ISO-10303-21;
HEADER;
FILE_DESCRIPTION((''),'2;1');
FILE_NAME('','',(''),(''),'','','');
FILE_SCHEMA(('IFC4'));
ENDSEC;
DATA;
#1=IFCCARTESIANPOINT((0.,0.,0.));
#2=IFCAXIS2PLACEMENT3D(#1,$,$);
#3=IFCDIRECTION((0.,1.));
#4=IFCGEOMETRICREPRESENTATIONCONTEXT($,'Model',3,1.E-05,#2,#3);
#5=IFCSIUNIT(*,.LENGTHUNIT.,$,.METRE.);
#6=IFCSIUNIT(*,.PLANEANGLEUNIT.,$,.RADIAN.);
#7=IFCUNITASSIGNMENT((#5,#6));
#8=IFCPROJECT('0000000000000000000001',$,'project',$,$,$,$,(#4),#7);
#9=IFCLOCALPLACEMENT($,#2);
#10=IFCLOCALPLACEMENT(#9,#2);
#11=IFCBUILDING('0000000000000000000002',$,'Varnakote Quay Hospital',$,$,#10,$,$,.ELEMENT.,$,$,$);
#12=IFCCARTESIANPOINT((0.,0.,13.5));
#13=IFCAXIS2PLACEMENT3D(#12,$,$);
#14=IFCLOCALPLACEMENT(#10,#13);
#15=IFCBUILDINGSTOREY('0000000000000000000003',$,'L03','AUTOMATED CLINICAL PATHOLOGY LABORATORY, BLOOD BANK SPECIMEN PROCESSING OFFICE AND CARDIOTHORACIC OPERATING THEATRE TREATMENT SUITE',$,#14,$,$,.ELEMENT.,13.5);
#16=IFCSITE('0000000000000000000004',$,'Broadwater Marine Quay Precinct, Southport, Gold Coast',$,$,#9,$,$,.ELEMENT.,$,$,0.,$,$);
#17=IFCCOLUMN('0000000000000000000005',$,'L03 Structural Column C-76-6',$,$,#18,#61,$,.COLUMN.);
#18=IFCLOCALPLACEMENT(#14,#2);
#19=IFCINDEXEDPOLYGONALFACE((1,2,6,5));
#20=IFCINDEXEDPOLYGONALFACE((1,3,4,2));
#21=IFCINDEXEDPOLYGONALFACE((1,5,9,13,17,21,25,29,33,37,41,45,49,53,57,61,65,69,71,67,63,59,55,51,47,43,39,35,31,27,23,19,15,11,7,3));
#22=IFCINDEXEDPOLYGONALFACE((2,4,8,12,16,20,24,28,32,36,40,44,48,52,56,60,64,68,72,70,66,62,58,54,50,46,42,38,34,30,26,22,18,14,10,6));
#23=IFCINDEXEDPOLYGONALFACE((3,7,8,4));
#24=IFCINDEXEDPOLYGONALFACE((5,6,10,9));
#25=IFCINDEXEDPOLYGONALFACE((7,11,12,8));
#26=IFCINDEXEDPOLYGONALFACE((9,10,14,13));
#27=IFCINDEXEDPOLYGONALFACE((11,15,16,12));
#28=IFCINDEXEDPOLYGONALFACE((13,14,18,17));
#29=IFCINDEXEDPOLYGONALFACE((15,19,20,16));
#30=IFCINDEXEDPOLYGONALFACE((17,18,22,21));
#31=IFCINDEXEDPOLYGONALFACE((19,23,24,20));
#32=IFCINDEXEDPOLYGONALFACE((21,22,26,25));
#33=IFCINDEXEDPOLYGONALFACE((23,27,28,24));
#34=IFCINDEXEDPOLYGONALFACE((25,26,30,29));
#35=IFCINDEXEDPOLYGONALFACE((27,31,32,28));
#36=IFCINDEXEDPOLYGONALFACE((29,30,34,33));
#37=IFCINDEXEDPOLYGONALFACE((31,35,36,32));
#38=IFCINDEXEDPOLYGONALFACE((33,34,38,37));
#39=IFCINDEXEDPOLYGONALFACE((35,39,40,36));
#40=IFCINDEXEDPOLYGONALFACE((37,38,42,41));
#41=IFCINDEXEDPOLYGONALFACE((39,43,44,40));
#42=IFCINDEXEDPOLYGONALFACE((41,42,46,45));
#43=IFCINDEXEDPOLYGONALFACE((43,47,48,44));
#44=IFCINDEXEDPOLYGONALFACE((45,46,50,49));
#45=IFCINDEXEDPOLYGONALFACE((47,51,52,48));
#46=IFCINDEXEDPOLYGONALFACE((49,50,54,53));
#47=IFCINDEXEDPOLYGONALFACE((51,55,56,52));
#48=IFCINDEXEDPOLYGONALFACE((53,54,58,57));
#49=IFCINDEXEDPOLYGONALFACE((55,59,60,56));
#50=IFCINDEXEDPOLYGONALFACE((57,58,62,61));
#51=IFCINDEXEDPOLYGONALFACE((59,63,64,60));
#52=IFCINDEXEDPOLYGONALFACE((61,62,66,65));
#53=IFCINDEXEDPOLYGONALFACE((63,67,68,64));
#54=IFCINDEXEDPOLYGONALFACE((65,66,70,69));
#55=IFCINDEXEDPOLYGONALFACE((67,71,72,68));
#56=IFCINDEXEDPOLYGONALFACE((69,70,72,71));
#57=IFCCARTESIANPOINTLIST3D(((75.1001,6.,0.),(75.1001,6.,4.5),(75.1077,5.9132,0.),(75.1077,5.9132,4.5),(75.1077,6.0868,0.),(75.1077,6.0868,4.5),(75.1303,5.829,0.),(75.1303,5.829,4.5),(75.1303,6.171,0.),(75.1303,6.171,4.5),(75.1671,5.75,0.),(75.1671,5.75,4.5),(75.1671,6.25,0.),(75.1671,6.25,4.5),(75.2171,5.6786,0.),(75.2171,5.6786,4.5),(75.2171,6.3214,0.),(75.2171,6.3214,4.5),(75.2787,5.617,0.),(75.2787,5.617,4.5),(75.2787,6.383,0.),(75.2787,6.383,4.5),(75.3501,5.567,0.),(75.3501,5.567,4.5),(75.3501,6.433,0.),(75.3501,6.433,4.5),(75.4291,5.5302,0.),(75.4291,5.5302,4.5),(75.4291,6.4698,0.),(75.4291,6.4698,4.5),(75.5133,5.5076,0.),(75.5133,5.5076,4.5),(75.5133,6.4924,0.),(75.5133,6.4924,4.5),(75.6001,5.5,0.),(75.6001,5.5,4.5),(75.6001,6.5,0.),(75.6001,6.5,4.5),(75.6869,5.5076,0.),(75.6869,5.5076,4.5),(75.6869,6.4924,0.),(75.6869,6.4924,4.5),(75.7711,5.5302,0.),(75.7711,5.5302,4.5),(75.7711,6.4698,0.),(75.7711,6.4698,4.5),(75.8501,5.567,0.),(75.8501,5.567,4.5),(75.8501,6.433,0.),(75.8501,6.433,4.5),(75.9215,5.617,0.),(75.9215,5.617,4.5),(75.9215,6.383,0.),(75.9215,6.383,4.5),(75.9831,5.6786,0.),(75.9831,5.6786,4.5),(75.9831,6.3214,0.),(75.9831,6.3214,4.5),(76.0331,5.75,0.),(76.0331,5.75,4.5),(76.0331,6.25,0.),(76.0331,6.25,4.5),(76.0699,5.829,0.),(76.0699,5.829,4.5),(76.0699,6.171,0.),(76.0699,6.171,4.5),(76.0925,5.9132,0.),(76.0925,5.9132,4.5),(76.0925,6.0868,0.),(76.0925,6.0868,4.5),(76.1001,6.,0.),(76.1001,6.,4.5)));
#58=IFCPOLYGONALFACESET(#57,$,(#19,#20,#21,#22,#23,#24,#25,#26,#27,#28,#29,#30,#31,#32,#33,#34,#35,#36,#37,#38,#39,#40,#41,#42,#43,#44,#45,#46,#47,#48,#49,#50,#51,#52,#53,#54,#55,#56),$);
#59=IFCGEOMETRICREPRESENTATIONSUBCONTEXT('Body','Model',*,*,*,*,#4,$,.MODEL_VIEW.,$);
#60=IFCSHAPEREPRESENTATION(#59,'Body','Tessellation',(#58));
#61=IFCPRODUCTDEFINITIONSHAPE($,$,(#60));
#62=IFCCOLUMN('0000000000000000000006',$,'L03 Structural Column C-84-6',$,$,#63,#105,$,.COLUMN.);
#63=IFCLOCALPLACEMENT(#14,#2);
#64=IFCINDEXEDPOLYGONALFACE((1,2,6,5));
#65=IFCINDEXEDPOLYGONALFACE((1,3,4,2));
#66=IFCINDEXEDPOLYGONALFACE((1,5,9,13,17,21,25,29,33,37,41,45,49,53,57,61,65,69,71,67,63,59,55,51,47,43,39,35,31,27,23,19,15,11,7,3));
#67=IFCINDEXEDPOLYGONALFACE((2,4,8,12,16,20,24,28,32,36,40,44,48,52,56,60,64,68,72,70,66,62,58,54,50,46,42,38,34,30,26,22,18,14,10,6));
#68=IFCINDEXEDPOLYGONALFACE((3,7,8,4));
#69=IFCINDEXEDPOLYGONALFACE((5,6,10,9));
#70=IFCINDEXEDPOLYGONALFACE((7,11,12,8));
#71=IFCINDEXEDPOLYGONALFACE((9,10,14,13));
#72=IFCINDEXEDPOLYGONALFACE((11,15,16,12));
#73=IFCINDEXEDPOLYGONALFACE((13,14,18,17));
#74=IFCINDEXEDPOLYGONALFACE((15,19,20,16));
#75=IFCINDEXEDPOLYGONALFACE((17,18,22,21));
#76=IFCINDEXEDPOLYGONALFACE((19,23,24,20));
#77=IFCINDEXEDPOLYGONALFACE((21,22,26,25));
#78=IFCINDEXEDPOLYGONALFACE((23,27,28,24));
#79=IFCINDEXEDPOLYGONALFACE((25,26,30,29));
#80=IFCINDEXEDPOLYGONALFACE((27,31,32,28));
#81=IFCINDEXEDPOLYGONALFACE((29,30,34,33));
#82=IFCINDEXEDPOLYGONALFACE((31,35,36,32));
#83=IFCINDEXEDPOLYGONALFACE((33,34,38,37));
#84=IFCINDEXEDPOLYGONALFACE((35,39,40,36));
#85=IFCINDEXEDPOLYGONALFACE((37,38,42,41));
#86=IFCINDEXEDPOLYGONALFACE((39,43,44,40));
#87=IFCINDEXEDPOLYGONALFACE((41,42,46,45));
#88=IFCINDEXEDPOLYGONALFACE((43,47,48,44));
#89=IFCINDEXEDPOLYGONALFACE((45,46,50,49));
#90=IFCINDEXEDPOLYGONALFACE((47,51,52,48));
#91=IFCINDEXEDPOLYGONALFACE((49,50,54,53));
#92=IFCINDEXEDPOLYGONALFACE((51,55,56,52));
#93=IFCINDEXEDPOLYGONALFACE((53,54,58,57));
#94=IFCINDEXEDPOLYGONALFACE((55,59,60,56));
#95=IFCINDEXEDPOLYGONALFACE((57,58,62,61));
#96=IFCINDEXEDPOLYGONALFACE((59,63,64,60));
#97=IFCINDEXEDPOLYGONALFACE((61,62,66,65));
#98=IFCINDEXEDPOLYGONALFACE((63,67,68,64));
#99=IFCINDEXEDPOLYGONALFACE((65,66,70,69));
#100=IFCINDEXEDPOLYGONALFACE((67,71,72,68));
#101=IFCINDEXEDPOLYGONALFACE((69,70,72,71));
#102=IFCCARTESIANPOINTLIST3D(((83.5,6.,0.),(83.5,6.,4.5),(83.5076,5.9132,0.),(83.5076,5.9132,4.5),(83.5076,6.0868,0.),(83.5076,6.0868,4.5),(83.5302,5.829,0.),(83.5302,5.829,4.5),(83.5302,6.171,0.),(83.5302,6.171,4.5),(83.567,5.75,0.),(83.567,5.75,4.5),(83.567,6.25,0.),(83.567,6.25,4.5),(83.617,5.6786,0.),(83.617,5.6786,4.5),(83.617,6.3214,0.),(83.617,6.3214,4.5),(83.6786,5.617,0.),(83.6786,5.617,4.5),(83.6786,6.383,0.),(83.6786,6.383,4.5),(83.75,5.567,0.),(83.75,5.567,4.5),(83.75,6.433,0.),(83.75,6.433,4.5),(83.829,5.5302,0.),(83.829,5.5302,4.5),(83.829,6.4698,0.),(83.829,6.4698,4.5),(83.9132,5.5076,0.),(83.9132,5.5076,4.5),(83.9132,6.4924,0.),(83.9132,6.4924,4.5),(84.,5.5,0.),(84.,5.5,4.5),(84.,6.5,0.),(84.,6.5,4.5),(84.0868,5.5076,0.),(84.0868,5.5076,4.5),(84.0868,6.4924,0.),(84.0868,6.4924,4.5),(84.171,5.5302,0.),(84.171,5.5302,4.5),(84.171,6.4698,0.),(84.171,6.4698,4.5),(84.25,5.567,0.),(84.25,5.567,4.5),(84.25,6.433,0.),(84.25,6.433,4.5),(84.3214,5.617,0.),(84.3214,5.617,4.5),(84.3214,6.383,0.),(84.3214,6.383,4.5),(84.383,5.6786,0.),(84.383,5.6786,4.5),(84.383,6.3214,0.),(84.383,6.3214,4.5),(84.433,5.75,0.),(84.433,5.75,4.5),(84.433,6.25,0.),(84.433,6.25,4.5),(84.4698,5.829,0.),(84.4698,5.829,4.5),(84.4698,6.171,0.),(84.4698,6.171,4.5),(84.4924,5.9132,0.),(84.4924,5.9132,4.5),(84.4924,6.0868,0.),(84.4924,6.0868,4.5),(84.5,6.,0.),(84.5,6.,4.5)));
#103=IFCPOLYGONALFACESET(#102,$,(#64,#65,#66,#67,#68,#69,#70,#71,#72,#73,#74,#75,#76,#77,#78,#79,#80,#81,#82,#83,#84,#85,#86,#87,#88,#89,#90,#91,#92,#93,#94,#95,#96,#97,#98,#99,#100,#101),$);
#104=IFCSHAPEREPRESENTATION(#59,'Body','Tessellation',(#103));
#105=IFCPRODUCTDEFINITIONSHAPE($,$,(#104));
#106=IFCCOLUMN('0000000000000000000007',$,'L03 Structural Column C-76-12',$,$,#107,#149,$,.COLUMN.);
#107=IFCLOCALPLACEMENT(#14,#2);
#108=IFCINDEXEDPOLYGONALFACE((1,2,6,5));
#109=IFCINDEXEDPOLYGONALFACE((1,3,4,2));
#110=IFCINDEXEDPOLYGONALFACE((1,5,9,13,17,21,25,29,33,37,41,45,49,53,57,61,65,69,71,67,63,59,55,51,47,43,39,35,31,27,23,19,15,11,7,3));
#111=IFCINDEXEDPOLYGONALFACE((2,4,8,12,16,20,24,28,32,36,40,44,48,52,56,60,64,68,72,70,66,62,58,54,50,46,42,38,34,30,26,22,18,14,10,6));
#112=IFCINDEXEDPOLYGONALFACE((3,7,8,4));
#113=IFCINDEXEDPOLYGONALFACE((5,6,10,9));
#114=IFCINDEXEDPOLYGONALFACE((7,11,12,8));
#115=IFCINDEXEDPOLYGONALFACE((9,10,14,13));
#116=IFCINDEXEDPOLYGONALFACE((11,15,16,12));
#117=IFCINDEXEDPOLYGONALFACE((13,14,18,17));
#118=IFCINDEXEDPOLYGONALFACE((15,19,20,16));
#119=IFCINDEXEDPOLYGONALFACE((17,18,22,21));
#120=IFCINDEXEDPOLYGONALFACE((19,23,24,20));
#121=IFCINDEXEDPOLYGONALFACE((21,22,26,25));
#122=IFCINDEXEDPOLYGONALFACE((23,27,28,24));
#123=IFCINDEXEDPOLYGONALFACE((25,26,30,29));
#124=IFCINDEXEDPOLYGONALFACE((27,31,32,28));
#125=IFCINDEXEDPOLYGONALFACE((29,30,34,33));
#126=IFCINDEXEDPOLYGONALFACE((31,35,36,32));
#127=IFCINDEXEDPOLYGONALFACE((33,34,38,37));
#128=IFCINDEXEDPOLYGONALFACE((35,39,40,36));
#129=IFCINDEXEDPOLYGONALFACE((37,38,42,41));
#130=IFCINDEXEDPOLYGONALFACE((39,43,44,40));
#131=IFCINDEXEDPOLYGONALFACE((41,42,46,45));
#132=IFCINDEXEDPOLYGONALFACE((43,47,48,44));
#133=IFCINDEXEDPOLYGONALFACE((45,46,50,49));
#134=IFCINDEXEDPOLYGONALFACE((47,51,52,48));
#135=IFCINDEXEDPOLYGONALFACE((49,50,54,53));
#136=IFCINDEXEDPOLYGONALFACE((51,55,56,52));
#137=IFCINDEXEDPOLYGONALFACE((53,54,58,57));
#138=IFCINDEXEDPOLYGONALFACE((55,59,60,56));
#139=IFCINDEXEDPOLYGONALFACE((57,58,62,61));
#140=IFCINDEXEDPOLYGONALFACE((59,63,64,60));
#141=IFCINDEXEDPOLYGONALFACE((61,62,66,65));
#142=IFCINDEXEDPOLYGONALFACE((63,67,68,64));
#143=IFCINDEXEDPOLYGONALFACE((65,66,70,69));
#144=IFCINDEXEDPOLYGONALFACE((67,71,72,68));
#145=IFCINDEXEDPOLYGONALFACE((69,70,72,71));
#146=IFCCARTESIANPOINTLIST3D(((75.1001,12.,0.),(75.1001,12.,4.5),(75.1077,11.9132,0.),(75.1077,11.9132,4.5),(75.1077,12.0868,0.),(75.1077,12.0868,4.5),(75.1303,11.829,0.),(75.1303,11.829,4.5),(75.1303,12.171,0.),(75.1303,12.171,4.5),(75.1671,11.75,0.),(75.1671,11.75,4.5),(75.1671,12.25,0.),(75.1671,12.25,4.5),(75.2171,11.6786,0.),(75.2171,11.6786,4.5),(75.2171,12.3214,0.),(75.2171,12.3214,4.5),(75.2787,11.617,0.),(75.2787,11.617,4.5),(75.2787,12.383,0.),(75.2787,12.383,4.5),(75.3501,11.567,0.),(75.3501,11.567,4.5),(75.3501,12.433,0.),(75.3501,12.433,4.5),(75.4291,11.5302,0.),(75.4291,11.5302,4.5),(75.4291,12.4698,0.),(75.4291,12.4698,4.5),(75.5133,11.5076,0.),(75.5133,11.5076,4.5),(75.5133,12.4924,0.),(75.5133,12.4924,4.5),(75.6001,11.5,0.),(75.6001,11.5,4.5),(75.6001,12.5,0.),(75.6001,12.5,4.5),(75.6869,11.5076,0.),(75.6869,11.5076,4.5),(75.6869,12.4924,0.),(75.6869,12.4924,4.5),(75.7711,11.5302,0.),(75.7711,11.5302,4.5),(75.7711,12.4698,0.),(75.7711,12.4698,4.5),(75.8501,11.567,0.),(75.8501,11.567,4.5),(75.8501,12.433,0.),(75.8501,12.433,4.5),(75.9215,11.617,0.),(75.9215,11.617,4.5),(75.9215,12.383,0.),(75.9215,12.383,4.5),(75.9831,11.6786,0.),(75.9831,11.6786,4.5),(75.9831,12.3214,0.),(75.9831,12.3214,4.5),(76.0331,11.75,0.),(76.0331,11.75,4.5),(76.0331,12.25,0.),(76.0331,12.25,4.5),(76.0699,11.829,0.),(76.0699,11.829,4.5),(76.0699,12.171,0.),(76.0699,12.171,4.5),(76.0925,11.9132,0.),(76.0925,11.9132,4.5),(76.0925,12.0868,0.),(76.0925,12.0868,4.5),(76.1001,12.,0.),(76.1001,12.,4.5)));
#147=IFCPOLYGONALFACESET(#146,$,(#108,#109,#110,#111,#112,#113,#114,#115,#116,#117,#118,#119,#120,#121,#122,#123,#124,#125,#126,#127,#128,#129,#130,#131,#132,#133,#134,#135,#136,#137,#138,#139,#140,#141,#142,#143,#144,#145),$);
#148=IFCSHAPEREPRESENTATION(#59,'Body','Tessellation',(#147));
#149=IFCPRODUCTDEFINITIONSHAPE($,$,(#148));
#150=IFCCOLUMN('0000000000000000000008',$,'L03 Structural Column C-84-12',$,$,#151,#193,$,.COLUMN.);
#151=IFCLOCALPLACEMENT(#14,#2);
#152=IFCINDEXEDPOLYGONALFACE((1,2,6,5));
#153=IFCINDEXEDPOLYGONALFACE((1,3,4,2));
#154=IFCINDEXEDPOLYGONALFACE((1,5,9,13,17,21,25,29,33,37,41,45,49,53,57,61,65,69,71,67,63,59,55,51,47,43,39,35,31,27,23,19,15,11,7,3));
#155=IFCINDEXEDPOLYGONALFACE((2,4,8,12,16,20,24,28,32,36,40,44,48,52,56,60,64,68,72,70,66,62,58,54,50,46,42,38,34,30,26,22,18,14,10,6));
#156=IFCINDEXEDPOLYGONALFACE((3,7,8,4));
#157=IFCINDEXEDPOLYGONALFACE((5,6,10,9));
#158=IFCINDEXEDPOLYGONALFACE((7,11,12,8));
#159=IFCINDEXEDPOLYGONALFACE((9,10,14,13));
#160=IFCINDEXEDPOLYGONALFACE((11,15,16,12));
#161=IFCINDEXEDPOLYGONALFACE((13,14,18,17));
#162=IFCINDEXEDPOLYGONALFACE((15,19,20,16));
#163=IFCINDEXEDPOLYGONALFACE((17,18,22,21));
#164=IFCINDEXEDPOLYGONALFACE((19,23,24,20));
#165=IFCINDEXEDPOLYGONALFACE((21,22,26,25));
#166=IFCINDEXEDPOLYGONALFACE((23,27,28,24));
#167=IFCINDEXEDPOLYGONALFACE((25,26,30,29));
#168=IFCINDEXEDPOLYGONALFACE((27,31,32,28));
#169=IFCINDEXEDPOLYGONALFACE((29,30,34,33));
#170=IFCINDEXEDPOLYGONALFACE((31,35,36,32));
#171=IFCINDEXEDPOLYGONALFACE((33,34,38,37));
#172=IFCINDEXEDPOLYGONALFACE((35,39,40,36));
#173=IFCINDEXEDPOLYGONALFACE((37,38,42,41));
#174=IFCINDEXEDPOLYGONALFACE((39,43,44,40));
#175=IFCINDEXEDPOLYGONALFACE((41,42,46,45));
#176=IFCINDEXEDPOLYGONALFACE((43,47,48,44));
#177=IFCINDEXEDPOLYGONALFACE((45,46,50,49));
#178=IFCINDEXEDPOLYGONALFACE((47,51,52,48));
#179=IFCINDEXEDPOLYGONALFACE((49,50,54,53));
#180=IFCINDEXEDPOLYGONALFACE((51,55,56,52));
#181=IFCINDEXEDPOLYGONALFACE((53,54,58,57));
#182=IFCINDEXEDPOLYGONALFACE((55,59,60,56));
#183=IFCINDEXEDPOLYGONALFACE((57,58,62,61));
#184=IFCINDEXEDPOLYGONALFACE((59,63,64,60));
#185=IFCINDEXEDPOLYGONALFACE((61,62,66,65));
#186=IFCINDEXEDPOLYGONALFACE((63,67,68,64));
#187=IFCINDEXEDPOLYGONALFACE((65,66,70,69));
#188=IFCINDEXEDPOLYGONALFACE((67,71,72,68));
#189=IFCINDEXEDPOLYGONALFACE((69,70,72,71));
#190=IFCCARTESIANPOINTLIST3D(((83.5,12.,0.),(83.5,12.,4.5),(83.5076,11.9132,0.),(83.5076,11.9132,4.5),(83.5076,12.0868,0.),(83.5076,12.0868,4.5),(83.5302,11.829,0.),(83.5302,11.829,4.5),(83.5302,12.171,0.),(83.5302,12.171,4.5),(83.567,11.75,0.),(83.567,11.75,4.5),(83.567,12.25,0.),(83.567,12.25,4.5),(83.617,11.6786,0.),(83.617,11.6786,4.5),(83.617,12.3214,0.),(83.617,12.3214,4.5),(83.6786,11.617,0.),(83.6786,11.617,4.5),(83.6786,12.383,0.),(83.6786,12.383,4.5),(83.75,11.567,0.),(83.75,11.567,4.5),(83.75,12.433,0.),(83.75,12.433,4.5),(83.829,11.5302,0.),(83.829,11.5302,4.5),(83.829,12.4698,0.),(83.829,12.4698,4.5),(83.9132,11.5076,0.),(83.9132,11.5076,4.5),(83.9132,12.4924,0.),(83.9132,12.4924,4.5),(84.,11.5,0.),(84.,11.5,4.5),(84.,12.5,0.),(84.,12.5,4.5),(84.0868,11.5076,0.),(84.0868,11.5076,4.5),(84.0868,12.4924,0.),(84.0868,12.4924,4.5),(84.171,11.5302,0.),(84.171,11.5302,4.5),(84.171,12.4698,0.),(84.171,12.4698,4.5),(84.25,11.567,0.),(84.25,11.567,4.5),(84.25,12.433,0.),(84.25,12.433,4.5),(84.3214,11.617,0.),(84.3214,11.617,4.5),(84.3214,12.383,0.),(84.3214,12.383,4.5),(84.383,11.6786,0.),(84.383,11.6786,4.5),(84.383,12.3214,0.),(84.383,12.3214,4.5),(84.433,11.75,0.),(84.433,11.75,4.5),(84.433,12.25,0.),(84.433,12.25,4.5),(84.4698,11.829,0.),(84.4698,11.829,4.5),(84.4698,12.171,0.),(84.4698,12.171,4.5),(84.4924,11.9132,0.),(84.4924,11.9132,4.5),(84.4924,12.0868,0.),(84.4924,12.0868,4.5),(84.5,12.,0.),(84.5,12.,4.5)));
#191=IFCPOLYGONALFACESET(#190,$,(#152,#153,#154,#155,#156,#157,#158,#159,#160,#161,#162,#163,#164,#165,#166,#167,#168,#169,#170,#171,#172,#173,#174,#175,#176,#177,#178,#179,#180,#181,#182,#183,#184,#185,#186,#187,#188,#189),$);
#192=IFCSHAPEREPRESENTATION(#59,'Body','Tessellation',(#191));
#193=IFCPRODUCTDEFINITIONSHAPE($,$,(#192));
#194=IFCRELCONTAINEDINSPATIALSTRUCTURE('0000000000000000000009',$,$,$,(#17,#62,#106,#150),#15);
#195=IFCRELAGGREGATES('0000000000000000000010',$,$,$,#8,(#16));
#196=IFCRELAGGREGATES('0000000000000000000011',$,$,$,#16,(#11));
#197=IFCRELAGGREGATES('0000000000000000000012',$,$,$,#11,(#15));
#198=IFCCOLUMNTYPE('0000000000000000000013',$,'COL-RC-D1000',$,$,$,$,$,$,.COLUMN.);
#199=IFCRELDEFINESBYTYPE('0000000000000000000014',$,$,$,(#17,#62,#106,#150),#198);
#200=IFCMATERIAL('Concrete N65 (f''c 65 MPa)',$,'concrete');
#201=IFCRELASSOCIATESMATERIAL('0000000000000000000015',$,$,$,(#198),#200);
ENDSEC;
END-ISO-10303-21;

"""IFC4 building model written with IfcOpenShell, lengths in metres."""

from ifc_helpers import new_model, si_unit, direction, frame, origin, origin_2d, place, context, subcontext, project, spatial, circle, extrude, material, material_profile, profile_set, type_object, element, save


model = new_model("IFC4")

# Units and contexts
model_context = context("Model", 3, precision=1e-05, world=origin(), true_north=direction((0.0, 1.0)))
body_context = subcontext(model_context, "Body", "Model", "MODEL_VIEW")
ifc_project = project(units=[si_unit("LENGTHUNIT", "METRE"), si_unit("PLANEANGLEUNIT", "RADIAN")], contexts=[model_context])

# Site, building, storey
site_placement = place(None, origin())
site = spatial("IfcSite", under=ifc_project, at=site_placement, Name="Broadwater Marine Quay Precinct, Southport, Gold Coast", CompositionType="ELEMENT", RefElevation=0.0)
building_placement = place(site_placement, origin())
building = spatial("IfcBuilding", under=site, at=building_placement, Name="Varnakote Quay Hospital", CompositionType="ELEMENT")
storey_placement = place(building_placement, frame((0.0, 0.0, 13.5)))
storey = spatial("IfcBuildingStorey", under=building, at=storey_placement, Name="L03", Description="AUTOMATED CLINICAL PATHOLOGY LABORATORY, BLOOD BANK SPECIMEN PROCESSING OFFICE AND CARDIOTHORACIC OPERATING THEATRE TREATMENT SUITE", CompositionType="ELEMENT", Elevation=13.5)

# Columns
ifc_material_1 = material(Name="Concrete N65 (f'c 65 MPa)", Category="concrete")
ifc_material_profile_1 = material_profile(ifc_material_1, circle(Radius=0.5, at=origin_2d()), Name="RC-COL-D1000")
ifc_profile_set_1 = profile_set([ifc_material_profile_1], Name="Concrete N65 (f'c 65 MPa)")
column_type = type_object("IfcColumnType", Name="COL-RC-D1000", PredefinedType="COLUMN", material=ifc_profile_set_1)
for number, where, z_axis, x_axis, name in (
    (1, (75.6001, 6.0, 0.0), (0.0, 0.0, 1.0), (1.0, 0.0, 0.0), "L03 Structural Column C-76-6"),
    (2, (84.0, 6.0, 0.0), (0.0, 0.0, 1.0), (1.0, 0.0, 0.0), "L03 Structural Column C-84-6"),
    (3, (75.6001, 12.0, 0.0), (0.0, 0.0, 1.0), (1.0, 0.0, 0.0), "L03 Structural Column C-76-12"),
    (4, (84.0, 12.0, 0.0), (0.0, 0.0, 1.0), (1.0, 0.0, 0.0), "L03 Structural Column C-84-12"),
):
    element("IfcColumn", number, at=place(storey_placement, frame(where, z_axis=z_axis, x_axis=x_axis)), inside=storey, type_object=column_type, Name=name, PredefinedType="COLUMN", context=body_context, shape_type="SweptSolid", body=[
        extrude(circle(Radius=0.5, at=origin_2d()), origin(), (0.0, 0.0, 1.0), 4.5),
    ])

save(model, "model.ifc")
